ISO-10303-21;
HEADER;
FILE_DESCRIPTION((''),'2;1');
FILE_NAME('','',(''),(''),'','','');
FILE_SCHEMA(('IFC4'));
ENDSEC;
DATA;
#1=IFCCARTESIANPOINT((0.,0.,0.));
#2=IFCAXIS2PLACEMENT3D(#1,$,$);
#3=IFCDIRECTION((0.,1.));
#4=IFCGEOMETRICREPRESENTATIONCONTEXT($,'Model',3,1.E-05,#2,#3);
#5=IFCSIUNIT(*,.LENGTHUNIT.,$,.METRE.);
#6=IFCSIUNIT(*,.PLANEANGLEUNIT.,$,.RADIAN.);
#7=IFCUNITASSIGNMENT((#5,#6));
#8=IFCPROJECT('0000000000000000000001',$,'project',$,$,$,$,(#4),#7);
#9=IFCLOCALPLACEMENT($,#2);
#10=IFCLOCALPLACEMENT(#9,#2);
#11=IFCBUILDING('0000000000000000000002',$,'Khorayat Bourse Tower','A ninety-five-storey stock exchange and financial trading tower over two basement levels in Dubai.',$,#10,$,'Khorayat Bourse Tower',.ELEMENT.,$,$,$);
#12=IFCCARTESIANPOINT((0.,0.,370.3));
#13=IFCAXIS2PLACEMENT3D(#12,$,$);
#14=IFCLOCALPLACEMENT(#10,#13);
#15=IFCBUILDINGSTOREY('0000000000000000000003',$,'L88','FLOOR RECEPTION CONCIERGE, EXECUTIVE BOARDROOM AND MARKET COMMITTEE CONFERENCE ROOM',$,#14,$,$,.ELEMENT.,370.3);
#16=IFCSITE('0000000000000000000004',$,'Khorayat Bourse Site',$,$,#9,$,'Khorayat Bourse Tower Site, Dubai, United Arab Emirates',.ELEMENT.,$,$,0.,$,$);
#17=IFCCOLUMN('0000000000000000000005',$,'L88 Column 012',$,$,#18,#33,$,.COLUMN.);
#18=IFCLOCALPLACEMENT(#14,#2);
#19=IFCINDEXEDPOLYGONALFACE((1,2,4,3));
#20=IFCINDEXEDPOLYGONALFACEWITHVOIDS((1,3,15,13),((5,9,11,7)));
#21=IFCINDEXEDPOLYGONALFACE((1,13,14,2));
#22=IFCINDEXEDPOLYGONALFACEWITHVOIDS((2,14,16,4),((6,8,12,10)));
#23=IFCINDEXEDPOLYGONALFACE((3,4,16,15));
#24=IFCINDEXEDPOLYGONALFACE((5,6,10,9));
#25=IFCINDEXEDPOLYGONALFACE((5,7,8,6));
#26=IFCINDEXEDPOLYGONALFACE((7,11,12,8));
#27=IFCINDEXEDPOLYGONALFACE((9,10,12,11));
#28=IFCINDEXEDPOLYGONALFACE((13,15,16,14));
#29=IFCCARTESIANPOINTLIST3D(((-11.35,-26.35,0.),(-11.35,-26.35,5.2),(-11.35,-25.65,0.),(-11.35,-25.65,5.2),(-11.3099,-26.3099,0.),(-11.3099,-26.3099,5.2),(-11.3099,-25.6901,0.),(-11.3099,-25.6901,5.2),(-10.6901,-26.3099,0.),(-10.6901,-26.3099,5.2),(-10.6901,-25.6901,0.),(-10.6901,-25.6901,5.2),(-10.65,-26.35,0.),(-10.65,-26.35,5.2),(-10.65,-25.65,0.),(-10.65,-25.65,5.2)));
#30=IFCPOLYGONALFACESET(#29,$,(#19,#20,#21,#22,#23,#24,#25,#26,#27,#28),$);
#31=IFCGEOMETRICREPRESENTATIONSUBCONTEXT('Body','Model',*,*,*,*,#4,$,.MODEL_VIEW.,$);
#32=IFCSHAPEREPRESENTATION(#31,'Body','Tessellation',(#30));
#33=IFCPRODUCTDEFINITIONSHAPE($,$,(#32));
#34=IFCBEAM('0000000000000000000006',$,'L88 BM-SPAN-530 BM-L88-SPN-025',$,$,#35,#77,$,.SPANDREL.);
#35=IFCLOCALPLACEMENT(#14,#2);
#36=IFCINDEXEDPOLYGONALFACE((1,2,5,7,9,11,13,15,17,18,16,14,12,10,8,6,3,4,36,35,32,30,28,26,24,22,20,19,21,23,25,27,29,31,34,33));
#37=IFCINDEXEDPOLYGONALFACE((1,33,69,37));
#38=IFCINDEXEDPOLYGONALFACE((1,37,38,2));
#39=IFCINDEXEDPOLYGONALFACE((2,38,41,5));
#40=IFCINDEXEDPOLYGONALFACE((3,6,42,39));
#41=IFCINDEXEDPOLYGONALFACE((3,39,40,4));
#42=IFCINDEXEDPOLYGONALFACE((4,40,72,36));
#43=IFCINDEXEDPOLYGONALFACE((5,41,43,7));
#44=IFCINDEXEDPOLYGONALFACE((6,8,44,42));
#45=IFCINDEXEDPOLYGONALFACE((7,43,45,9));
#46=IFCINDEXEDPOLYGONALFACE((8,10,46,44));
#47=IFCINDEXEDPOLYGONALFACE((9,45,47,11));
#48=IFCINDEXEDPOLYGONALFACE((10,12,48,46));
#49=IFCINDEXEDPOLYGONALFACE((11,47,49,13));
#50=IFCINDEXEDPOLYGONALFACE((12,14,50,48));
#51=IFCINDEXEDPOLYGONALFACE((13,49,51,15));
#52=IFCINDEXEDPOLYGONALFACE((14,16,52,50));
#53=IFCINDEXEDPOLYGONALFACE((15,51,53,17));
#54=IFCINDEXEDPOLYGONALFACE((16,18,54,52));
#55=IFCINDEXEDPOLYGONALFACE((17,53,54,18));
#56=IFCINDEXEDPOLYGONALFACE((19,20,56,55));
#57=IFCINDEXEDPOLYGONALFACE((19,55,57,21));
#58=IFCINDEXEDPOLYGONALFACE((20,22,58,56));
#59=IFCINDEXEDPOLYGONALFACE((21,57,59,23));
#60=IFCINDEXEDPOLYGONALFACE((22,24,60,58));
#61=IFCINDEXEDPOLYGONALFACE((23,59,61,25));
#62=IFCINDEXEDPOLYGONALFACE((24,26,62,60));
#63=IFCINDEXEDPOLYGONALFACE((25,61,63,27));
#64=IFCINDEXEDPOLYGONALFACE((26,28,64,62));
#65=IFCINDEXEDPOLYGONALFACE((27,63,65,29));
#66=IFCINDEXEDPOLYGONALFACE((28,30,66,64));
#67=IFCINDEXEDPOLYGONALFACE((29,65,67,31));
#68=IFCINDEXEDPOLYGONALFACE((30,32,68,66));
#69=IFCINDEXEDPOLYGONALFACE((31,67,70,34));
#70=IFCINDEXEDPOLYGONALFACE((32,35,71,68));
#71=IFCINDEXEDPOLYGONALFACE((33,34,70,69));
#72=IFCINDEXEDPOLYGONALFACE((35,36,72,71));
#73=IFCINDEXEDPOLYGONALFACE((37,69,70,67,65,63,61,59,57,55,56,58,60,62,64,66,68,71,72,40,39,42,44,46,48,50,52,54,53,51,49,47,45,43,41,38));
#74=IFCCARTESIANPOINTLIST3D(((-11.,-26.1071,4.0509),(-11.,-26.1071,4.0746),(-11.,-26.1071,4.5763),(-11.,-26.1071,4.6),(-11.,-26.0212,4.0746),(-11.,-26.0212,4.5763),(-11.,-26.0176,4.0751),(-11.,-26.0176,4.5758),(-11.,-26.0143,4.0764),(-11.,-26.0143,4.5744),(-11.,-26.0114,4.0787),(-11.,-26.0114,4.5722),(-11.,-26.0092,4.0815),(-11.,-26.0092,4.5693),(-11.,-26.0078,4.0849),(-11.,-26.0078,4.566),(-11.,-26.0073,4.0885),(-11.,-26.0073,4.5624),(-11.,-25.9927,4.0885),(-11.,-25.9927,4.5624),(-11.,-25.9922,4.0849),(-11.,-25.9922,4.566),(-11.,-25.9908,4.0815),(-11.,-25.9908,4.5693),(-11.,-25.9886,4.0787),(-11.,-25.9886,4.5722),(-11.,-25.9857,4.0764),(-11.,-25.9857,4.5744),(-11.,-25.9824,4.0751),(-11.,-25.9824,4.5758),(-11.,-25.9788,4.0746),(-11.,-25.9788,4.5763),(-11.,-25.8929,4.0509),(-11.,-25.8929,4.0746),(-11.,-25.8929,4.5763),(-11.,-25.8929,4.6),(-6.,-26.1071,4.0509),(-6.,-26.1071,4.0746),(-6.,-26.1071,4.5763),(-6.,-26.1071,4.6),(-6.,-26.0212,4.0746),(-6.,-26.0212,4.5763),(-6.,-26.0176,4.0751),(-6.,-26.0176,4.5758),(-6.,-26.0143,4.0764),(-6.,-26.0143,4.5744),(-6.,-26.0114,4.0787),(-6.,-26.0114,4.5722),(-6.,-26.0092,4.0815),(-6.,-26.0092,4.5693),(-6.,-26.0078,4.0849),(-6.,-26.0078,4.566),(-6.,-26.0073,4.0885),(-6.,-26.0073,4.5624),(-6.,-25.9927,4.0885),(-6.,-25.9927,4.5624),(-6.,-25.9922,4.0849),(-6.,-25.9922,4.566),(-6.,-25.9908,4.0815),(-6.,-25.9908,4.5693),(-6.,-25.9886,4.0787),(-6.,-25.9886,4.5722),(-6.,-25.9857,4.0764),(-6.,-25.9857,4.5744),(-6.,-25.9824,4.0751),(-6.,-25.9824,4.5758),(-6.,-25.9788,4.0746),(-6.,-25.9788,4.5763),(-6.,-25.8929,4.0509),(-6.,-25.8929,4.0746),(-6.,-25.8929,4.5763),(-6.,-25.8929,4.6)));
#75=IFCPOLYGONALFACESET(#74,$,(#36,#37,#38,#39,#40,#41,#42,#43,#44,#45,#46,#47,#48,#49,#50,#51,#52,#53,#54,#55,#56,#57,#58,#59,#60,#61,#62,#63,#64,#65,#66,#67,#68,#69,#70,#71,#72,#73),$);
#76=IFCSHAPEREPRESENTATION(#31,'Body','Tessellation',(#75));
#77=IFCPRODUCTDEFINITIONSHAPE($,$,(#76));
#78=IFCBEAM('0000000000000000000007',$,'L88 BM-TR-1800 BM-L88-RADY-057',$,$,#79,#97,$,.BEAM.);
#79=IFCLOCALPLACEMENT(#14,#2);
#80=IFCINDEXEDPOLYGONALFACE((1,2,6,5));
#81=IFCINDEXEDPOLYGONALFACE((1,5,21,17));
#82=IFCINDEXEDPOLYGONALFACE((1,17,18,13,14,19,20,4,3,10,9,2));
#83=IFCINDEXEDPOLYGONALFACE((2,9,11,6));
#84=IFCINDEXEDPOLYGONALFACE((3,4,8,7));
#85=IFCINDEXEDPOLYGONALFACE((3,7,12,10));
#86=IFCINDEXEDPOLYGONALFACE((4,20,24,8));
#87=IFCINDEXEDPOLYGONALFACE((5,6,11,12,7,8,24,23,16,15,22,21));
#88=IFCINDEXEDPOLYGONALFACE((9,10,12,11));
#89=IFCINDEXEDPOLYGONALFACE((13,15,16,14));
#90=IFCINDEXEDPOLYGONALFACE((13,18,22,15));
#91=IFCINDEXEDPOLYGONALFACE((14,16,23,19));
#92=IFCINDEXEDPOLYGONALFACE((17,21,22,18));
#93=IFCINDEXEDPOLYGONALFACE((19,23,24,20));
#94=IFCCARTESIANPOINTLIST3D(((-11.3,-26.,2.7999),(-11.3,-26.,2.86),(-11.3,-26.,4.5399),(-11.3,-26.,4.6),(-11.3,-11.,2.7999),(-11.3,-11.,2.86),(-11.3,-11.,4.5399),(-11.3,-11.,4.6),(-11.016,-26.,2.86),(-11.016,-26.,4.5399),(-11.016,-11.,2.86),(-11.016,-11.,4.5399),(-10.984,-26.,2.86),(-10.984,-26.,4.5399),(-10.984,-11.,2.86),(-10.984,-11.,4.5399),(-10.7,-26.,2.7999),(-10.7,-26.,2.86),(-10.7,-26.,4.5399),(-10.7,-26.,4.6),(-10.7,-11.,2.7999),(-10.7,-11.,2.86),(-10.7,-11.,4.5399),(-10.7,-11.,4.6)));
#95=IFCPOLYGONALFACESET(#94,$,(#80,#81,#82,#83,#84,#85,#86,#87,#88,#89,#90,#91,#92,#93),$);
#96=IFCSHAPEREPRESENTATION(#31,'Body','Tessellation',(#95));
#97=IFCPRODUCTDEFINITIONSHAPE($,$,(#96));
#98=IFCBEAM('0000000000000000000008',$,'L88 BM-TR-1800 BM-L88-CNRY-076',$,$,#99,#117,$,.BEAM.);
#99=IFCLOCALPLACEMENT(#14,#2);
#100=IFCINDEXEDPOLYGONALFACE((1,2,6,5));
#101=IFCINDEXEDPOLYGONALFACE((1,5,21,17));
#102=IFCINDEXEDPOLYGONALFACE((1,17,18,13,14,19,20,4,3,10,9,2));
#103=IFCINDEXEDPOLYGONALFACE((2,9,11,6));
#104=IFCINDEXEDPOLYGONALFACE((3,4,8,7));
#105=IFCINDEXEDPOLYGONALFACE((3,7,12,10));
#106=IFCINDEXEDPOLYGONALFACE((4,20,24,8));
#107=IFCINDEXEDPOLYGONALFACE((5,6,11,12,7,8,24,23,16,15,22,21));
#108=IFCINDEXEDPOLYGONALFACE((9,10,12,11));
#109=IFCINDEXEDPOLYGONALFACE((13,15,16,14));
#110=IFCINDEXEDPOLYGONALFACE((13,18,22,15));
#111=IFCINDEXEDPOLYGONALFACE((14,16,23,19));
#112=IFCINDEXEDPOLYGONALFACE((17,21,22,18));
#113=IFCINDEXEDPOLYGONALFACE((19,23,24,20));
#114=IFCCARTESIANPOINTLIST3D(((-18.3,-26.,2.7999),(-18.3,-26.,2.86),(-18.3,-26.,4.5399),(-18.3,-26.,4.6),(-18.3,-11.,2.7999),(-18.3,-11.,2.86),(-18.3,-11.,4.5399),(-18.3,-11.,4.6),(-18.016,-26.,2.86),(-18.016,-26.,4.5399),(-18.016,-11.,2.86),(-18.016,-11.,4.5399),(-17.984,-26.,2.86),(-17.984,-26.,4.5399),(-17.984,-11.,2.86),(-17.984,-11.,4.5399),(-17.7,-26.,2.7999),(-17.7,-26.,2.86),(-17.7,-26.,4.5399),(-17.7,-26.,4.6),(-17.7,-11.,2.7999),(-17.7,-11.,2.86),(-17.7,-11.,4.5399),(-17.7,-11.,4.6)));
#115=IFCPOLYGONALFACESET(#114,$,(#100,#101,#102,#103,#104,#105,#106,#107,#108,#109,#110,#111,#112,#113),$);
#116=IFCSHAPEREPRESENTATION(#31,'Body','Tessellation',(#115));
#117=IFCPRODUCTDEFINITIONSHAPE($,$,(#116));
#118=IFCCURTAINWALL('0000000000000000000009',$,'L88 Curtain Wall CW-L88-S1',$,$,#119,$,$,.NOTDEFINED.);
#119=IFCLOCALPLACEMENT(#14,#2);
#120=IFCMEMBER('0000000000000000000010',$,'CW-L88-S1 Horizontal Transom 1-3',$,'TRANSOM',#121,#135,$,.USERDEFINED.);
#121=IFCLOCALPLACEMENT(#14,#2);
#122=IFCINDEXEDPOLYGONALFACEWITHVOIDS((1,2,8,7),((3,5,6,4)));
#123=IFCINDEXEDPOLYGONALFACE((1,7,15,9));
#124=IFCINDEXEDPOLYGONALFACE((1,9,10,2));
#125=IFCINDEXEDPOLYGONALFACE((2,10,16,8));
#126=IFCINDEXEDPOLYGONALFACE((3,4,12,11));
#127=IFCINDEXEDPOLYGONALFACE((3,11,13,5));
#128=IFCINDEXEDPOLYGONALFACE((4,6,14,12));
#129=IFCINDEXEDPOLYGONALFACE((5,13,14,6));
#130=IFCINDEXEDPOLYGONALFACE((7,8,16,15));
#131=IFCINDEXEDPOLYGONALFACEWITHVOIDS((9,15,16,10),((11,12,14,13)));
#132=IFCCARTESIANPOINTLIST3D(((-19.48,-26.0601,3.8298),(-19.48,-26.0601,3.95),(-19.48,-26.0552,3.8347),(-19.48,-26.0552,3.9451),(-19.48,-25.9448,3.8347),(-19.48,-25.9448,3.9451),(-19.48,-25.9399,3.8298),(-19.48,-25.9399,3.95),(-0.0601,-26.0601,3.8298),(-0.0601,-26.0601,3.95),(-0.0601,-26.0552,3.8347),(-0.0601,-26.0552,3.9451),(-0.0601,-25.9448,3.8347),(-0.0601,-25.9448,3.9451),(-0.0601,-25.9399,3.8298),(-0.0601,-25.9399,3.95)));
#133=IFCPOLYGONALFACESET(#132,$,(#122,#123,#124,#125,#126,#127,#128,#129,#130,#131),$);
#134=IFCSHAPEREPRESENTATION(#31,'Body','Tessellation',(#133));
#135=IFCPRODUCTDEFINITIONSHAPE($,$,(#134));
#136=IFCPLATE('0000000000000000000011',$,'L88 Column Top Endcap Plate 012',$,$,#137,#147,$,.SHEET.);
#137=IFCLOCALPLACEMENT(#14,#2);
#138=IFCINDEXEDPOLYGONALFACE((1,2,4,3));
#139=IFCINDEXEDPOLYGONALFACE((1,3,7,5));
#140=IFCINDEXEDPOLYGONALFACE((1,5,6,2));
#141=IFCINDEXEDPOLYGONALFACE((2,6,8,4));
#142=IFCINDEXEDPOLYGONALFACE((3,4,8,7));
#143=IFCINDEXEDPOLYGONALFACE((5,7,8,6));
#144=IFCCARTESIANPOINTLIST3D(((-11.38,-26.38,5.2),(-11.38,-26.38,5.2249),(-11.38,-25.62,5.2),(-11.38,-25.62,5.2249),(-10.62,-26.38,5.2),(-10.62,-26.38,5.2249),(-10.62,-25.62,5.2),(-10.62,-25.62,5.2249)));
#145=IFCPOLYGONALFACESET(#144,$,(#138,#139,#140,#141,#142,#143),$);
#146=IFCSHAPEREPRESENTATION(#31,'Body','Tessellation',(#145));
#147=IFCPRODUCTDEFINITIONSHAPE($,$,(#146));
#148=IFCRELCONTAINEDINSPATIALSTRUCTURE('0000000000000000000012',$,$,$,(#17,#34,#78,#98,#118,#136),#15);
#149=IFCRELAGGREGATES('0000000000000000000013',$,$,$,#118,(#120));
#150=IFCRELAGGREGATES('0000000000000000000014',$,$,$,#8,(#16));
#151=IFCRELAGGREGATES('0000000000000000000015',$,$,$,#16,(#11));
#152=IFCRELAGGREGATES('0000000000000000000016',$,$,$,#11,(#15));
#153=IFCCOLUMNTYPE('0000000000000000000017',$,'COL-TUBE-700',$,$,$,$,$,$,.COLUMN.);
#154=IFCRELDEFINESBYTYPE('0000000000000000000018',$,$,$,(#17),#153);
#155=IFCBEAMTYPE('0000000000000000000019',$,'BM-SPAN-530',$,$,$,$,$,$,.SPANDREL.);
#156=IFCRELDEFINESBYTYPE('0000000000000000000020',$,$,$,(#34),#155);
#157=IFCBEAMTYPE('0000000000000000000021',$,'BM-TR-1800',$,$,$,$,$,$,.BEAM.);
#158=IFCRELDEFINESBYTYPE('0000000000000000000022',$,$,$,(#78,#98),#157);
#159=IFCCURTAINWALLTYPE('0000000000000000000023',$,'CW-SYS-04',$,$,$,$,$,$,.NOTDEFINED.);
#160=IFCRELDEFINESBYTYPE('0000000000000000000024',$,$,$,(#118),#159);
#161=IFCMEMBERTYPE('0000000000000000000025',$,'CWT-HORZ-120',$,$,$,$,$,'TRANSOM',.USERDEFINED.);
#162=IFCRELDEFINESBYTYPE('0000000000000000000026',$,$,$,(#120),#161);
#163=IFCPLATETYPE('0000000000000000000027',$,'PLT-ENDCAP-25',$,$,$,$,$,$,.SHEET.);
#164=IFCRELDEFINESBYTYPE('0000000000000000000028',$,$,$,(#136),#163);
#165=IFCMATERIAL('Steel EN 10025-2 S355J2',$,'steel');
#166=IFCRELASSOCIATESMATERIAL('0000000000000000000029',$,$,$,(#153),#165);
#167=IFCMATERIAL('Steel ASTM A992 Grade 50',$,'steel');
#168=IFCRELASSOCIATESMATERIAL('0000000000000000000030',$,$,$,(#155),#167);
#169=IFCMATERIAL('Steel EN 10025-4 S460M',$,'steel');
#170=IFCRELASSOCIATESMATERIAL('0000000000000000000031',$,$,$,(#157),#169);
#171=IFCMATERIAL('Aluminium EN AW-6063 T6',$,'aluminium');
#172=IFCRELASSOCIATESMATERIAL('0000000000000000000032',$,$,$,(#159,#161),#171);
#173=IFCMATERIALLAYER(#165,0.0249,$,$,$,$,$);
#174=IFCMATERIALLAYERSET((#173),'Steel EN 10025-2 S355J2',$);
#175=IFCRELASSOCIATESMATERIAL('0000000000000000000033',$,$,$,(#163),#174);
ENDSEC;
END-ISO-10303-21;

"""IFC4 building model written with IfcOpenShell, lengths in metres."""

from ifc_helpers import new_model, si_unit, direction, frame, origin, origin_2d, place, context, subcontext, project, spatial, rectangle, hollow_rectangle, i_section, extrude, source, transform, mapped, material, layer, layer_set, material_profile, profile_set, type_object, element, aggregate, save


model = new_model("IFC4")

# Units and contexts
model_context = context("Model", 3, precision=1e-05, world=origin(), true_north=direction((0.0, 1.0)))
body_context = subcontext(model_context, "Body", "Model", "MODEL_VIEW")
ifc_project = project(units=[si_unit("LENGTHUNIT", "METRE"), si_unit("PLANEANGLEUNIT", "RADIAN")], contexts=[model_context])

# Site, building, storey
site_placement = place(None, origin())
site = spatial("IfcSite", under=ifc_project, at=site_placement, Name="Khorayat Bourse Site", LongName="Khorayat Bourse Tower Site, Dubai, United Arab Emirates", CompositionType="ELEMENT", RefElevation=0.0)
building_placement = place(site_placement, origin())
building = spatial("IfcBuilding", under=site, at=building_placement, Name="Khorayat Bourse Tower", Description="A ninety-five-storey stock exchange and financial trading tower over two basement levels in Dubai.", LongName="Khorayat Bourse Tower", CompositionType="ELEMENT")
storey_placement = place(building_placement, frame((0.0, 0.0, 370.3)))
storey = spatial("IfcBuildingStorey", under=building, at=storey_placement, Name="L88", Description="FLOOR RECEPTION CONCIERGE, EXECUTIVE BOARDROOM AND MARKET COMMITTEE CONFERENCE ROOM", CompositionType="ELEMENT", Elevation=370.3)

# Column
ifc_material_1 = material(Name="Steel EN 10025-2 S355J2", Category="steel")
ifc_material_profile_1 = material_profile(ifc_material_1, hollow_rectangle(XDim=0.7, YDim=0.7, WallThickness=0.04, at=origin_2d()), Name="BOX 700x700x40")
ifc_profile_set_1 = profile_set([ifc_material_profile_1], Name="Steel EN 10025-2 S355J2")
column_type = type_object("IfcColumnType", Name="COL-TUBE-700", PredefinedType="COLUMN", material=ifc_profile_set_1)
shared_shape_1 = source(origin(), body_context, "Body", "SweptSolid", [
    extrude(hollow_rectangle(XDim=0.7, YDim=0.7, WallThickness=0.04, at=origin_2d()), origin(), (0.0, 0.0, 1.0), 5.2),
])
column_placement = place(storey_placement, frame((-11.0, -26.0, 0.0), z_axis=(0.0, 0.0, 1.0), x_axis=(1.0, 0.0, 0.0)))
element("IfcColumn", 1, at=column_placement, inside=storey, type_object=column_type, Name="L88 Column 012", PredefinedType="COLUMN", context=body_context, shape_type="MappedRepresentation", body=[
    mapped(shared_shape_1, transform((0.0, 0.0, 0.0), scale=1.0)),
])

# Beams
ifc_material_2 = material(Name="Steel ASTM A992 Grade 50", Category="steel")
ifc_material_profile_2 = material_profile(ifc_material_2, i_section(OverallWidth=0.2141, OverallDepth=0.5491, WebThickness=0.0146, FlangeThickness=0.0237, FilletRadius=0.0139, at=origin_2d()), Name="W530X138")
ifc_profile_set_2 = profile_set([ifc_material_profile_2], Name="Steel ASTM A992 Grade 50")
beam_type_1 = type_object("IfcBeamType", Name="BM-SPAN-530", PredefinedType="SPANDREL", material=ifc_profile_set_2)
shared_shape_2 = source(origin(), body_context, "Body", "SweptSolid", [
    extrude(i_section(OverallWidth=0.2141, OverallDepth=0.5491, WebThickness=0.0146, FlangeThickness=0.0237, FilletRadius=0.0139, at=origin_2d()), origin(), (0.0, 0.0, 1.0), 5.0),
])
beam_placement = place(storey_placement, frame((-11.0, -26.0, 4.3254), z_axis=(1.0, 0.0, 0.0), x_axis=(0.0, 1.0, 0.0)))
element("IfcBeam", 2, at=beam_placement, inside=storey, type_object=beam_type_1, Name="L88 BM-SPAN-530 BM-L88-SPN-025", PredefinedType="SPANDREL", context=body_context, shape_type="MappedRepresentation", body=[
    mapped(shared_shape_2, transform((0.0, 0.0, 0.0), scale=1.0)),
])
ifc_material_3 = material(Name="Steel EN 10025-4 S460M", Category="steel")
ifc_material_profile_3 = material_profile(ifc_material_3, i_section(OverallWidth=0.6001, OverallDepth=1.8, WebThickness=0.032, FlangeThickness=0.0601, at=origin_2d()), Name="PG 1800x600x32x60")
ifc_profile_set_3 = profile_set([ifc_material_profile_3], Name="Steel EN 10025-4 S460M")
beam_type_2 = type_object("IfcBeamType", Name="BM-TR-1800", PredefinedType="BEAM", material=ifc_profile_set_3)
shared_shape_3 = source(origin(), body_context, "Body", "SweptSolid", [
    extrude(i_section(OverallWidth=0.6001, OverallDepth=1.8, WebThickness=0.032, FlangeThickness=0.0601, at=origin_2d()), origin(), (0.0, 0.0, 1.0), 15.0),
])
for number, where, z_axis, x_axis, name in (
    (3, (-11.0, -26.0, 3.7), (0.0, 1.0, 0.0), (-1.0, 0.0, 0.0), "L88 BM-TR-1800 BM-L88-RADY-057"),
    (4, (-18.0, -26.0, 3.7), (0.0, 1.0, 0.0), (-1.0, 0.0, 0.0), "L88 BM-TR-1800 BM-L88-CNRY-076"),
):
    element("IfcBeam", number, at=place(storey_placement, frame(where, z_axis=z_axis, x_axis=x_axis)), inside=storey, type_object=beam_type_2, Name=name, PredefinedType="BEAM", context=body_context, shape_type="MappedRepresentation", body=[
        mapped(shared_shape_3, transform((0.0, 0.0, 0.0), scale=1.0)),
    ])

# Curtain wall, member
ifc_material_4 = material(Name="Aluminium EN AW-6063 T6", Category="aluminium")
curtain_wall_type = type_object("IfcCurtainWallType", Name="CW-SYS-04", PredefinedType="NOTDEFINED", material=ifc_material_4)
curtain_wall_placement = place(storey_placement, origin())
curtain_wall = element("IfcCurtainWall", 5, at=curtain_wall_placement, inside=storey, type_object=curtain_wall_type, Name="L88 Curtain Wall CW-L88-S1", PredefinedType="NOTDEFINED")
ifc_material_profile_4 = material_profile(ifc_material_4, hollow_rectangle(XDim=0.1201, YDim=0.1201, WallThickness=0.0049, at=origin_2d()), Name="ALU 120x120x5")
ifc_profile_set_4 = profile_set([ifc_material_profile_4], Name="Aluminium EN AW-6063 T6")
member_type = type_object("IfcMemberType", Name="CWT-HORZ-120", ElementType="TRANSOM", PredefinedType="USERDEFINED", material=ifc_profile_set_4)
shared_shape_4 = source(origin(), body_context, "Body", "SweptSolid", [
    extrude(hollow_rectangle(XDim=0.1201, YDim=0.1201, WallThickness=0.0049, at=origin_2d()), origin(), (0.0, 0.0, 1.0), 19.4199),
])
member_placement = place(storey_placement, frame((-19.48, -26.0, 3.8899), z_axis=(1.0, 0.0, 0.0), x_axis=(0.0, 1.0, 0.0)))
member = element("IfcMember", 6, at=member_placement, type_object=member_type, Name="CW-L88-S1 Horizontal Transom 1-3", ObjectType="TRANSOM", PredefinedType="USERDEFINED", context=body_context, shape_type="MappedRepresentation", body=[
    mapped(shared_shape_4, transform((0.0, 0.0, 0.0), scale=1.0)),
])
aggregate(curtain_wall, [member])

# Plate
ifc_layer_1 = layer(ifc_material_1, 0.0249)
ifc_layer_set_1 = layer_set([ifc_layer_1], Name="Steel EN 10025-2 S355J2")
plate_type = type_object("IfcPlateType", Name="PLT-ENDCAP-25", PredefinedType="SHEET", material=ifc_layer_set_1)
shared_shape_5 = source(origin(), body_context, "Body", "SweptSolid", [
    extrude(rectangle(XDim=0.76, YDim=0.76, at=origin_2d()), origin(), (0.0, 0.0, 1.0), 0.0249),
])
plate_placement = place(storey_placement, frame((-11.0, -26.0, 5.2), z_axis=(0.0, 0.0, 1.0), x_axis=(1.0, 0.0, 0.0)))
element("IfcPlate", 7, at=plate_placement, inside=storey, type_object=plate_type, Name="L88 Column Top Endcap Plate 012", PredefinedType="SHEET", context=body_context, shape_type="MappedRepresentation", body=[
    mapped(shared_shape_5, transform((0.0, 0.0, 0.0), scale=1.0)),
])

save(model, "model.ifc")
